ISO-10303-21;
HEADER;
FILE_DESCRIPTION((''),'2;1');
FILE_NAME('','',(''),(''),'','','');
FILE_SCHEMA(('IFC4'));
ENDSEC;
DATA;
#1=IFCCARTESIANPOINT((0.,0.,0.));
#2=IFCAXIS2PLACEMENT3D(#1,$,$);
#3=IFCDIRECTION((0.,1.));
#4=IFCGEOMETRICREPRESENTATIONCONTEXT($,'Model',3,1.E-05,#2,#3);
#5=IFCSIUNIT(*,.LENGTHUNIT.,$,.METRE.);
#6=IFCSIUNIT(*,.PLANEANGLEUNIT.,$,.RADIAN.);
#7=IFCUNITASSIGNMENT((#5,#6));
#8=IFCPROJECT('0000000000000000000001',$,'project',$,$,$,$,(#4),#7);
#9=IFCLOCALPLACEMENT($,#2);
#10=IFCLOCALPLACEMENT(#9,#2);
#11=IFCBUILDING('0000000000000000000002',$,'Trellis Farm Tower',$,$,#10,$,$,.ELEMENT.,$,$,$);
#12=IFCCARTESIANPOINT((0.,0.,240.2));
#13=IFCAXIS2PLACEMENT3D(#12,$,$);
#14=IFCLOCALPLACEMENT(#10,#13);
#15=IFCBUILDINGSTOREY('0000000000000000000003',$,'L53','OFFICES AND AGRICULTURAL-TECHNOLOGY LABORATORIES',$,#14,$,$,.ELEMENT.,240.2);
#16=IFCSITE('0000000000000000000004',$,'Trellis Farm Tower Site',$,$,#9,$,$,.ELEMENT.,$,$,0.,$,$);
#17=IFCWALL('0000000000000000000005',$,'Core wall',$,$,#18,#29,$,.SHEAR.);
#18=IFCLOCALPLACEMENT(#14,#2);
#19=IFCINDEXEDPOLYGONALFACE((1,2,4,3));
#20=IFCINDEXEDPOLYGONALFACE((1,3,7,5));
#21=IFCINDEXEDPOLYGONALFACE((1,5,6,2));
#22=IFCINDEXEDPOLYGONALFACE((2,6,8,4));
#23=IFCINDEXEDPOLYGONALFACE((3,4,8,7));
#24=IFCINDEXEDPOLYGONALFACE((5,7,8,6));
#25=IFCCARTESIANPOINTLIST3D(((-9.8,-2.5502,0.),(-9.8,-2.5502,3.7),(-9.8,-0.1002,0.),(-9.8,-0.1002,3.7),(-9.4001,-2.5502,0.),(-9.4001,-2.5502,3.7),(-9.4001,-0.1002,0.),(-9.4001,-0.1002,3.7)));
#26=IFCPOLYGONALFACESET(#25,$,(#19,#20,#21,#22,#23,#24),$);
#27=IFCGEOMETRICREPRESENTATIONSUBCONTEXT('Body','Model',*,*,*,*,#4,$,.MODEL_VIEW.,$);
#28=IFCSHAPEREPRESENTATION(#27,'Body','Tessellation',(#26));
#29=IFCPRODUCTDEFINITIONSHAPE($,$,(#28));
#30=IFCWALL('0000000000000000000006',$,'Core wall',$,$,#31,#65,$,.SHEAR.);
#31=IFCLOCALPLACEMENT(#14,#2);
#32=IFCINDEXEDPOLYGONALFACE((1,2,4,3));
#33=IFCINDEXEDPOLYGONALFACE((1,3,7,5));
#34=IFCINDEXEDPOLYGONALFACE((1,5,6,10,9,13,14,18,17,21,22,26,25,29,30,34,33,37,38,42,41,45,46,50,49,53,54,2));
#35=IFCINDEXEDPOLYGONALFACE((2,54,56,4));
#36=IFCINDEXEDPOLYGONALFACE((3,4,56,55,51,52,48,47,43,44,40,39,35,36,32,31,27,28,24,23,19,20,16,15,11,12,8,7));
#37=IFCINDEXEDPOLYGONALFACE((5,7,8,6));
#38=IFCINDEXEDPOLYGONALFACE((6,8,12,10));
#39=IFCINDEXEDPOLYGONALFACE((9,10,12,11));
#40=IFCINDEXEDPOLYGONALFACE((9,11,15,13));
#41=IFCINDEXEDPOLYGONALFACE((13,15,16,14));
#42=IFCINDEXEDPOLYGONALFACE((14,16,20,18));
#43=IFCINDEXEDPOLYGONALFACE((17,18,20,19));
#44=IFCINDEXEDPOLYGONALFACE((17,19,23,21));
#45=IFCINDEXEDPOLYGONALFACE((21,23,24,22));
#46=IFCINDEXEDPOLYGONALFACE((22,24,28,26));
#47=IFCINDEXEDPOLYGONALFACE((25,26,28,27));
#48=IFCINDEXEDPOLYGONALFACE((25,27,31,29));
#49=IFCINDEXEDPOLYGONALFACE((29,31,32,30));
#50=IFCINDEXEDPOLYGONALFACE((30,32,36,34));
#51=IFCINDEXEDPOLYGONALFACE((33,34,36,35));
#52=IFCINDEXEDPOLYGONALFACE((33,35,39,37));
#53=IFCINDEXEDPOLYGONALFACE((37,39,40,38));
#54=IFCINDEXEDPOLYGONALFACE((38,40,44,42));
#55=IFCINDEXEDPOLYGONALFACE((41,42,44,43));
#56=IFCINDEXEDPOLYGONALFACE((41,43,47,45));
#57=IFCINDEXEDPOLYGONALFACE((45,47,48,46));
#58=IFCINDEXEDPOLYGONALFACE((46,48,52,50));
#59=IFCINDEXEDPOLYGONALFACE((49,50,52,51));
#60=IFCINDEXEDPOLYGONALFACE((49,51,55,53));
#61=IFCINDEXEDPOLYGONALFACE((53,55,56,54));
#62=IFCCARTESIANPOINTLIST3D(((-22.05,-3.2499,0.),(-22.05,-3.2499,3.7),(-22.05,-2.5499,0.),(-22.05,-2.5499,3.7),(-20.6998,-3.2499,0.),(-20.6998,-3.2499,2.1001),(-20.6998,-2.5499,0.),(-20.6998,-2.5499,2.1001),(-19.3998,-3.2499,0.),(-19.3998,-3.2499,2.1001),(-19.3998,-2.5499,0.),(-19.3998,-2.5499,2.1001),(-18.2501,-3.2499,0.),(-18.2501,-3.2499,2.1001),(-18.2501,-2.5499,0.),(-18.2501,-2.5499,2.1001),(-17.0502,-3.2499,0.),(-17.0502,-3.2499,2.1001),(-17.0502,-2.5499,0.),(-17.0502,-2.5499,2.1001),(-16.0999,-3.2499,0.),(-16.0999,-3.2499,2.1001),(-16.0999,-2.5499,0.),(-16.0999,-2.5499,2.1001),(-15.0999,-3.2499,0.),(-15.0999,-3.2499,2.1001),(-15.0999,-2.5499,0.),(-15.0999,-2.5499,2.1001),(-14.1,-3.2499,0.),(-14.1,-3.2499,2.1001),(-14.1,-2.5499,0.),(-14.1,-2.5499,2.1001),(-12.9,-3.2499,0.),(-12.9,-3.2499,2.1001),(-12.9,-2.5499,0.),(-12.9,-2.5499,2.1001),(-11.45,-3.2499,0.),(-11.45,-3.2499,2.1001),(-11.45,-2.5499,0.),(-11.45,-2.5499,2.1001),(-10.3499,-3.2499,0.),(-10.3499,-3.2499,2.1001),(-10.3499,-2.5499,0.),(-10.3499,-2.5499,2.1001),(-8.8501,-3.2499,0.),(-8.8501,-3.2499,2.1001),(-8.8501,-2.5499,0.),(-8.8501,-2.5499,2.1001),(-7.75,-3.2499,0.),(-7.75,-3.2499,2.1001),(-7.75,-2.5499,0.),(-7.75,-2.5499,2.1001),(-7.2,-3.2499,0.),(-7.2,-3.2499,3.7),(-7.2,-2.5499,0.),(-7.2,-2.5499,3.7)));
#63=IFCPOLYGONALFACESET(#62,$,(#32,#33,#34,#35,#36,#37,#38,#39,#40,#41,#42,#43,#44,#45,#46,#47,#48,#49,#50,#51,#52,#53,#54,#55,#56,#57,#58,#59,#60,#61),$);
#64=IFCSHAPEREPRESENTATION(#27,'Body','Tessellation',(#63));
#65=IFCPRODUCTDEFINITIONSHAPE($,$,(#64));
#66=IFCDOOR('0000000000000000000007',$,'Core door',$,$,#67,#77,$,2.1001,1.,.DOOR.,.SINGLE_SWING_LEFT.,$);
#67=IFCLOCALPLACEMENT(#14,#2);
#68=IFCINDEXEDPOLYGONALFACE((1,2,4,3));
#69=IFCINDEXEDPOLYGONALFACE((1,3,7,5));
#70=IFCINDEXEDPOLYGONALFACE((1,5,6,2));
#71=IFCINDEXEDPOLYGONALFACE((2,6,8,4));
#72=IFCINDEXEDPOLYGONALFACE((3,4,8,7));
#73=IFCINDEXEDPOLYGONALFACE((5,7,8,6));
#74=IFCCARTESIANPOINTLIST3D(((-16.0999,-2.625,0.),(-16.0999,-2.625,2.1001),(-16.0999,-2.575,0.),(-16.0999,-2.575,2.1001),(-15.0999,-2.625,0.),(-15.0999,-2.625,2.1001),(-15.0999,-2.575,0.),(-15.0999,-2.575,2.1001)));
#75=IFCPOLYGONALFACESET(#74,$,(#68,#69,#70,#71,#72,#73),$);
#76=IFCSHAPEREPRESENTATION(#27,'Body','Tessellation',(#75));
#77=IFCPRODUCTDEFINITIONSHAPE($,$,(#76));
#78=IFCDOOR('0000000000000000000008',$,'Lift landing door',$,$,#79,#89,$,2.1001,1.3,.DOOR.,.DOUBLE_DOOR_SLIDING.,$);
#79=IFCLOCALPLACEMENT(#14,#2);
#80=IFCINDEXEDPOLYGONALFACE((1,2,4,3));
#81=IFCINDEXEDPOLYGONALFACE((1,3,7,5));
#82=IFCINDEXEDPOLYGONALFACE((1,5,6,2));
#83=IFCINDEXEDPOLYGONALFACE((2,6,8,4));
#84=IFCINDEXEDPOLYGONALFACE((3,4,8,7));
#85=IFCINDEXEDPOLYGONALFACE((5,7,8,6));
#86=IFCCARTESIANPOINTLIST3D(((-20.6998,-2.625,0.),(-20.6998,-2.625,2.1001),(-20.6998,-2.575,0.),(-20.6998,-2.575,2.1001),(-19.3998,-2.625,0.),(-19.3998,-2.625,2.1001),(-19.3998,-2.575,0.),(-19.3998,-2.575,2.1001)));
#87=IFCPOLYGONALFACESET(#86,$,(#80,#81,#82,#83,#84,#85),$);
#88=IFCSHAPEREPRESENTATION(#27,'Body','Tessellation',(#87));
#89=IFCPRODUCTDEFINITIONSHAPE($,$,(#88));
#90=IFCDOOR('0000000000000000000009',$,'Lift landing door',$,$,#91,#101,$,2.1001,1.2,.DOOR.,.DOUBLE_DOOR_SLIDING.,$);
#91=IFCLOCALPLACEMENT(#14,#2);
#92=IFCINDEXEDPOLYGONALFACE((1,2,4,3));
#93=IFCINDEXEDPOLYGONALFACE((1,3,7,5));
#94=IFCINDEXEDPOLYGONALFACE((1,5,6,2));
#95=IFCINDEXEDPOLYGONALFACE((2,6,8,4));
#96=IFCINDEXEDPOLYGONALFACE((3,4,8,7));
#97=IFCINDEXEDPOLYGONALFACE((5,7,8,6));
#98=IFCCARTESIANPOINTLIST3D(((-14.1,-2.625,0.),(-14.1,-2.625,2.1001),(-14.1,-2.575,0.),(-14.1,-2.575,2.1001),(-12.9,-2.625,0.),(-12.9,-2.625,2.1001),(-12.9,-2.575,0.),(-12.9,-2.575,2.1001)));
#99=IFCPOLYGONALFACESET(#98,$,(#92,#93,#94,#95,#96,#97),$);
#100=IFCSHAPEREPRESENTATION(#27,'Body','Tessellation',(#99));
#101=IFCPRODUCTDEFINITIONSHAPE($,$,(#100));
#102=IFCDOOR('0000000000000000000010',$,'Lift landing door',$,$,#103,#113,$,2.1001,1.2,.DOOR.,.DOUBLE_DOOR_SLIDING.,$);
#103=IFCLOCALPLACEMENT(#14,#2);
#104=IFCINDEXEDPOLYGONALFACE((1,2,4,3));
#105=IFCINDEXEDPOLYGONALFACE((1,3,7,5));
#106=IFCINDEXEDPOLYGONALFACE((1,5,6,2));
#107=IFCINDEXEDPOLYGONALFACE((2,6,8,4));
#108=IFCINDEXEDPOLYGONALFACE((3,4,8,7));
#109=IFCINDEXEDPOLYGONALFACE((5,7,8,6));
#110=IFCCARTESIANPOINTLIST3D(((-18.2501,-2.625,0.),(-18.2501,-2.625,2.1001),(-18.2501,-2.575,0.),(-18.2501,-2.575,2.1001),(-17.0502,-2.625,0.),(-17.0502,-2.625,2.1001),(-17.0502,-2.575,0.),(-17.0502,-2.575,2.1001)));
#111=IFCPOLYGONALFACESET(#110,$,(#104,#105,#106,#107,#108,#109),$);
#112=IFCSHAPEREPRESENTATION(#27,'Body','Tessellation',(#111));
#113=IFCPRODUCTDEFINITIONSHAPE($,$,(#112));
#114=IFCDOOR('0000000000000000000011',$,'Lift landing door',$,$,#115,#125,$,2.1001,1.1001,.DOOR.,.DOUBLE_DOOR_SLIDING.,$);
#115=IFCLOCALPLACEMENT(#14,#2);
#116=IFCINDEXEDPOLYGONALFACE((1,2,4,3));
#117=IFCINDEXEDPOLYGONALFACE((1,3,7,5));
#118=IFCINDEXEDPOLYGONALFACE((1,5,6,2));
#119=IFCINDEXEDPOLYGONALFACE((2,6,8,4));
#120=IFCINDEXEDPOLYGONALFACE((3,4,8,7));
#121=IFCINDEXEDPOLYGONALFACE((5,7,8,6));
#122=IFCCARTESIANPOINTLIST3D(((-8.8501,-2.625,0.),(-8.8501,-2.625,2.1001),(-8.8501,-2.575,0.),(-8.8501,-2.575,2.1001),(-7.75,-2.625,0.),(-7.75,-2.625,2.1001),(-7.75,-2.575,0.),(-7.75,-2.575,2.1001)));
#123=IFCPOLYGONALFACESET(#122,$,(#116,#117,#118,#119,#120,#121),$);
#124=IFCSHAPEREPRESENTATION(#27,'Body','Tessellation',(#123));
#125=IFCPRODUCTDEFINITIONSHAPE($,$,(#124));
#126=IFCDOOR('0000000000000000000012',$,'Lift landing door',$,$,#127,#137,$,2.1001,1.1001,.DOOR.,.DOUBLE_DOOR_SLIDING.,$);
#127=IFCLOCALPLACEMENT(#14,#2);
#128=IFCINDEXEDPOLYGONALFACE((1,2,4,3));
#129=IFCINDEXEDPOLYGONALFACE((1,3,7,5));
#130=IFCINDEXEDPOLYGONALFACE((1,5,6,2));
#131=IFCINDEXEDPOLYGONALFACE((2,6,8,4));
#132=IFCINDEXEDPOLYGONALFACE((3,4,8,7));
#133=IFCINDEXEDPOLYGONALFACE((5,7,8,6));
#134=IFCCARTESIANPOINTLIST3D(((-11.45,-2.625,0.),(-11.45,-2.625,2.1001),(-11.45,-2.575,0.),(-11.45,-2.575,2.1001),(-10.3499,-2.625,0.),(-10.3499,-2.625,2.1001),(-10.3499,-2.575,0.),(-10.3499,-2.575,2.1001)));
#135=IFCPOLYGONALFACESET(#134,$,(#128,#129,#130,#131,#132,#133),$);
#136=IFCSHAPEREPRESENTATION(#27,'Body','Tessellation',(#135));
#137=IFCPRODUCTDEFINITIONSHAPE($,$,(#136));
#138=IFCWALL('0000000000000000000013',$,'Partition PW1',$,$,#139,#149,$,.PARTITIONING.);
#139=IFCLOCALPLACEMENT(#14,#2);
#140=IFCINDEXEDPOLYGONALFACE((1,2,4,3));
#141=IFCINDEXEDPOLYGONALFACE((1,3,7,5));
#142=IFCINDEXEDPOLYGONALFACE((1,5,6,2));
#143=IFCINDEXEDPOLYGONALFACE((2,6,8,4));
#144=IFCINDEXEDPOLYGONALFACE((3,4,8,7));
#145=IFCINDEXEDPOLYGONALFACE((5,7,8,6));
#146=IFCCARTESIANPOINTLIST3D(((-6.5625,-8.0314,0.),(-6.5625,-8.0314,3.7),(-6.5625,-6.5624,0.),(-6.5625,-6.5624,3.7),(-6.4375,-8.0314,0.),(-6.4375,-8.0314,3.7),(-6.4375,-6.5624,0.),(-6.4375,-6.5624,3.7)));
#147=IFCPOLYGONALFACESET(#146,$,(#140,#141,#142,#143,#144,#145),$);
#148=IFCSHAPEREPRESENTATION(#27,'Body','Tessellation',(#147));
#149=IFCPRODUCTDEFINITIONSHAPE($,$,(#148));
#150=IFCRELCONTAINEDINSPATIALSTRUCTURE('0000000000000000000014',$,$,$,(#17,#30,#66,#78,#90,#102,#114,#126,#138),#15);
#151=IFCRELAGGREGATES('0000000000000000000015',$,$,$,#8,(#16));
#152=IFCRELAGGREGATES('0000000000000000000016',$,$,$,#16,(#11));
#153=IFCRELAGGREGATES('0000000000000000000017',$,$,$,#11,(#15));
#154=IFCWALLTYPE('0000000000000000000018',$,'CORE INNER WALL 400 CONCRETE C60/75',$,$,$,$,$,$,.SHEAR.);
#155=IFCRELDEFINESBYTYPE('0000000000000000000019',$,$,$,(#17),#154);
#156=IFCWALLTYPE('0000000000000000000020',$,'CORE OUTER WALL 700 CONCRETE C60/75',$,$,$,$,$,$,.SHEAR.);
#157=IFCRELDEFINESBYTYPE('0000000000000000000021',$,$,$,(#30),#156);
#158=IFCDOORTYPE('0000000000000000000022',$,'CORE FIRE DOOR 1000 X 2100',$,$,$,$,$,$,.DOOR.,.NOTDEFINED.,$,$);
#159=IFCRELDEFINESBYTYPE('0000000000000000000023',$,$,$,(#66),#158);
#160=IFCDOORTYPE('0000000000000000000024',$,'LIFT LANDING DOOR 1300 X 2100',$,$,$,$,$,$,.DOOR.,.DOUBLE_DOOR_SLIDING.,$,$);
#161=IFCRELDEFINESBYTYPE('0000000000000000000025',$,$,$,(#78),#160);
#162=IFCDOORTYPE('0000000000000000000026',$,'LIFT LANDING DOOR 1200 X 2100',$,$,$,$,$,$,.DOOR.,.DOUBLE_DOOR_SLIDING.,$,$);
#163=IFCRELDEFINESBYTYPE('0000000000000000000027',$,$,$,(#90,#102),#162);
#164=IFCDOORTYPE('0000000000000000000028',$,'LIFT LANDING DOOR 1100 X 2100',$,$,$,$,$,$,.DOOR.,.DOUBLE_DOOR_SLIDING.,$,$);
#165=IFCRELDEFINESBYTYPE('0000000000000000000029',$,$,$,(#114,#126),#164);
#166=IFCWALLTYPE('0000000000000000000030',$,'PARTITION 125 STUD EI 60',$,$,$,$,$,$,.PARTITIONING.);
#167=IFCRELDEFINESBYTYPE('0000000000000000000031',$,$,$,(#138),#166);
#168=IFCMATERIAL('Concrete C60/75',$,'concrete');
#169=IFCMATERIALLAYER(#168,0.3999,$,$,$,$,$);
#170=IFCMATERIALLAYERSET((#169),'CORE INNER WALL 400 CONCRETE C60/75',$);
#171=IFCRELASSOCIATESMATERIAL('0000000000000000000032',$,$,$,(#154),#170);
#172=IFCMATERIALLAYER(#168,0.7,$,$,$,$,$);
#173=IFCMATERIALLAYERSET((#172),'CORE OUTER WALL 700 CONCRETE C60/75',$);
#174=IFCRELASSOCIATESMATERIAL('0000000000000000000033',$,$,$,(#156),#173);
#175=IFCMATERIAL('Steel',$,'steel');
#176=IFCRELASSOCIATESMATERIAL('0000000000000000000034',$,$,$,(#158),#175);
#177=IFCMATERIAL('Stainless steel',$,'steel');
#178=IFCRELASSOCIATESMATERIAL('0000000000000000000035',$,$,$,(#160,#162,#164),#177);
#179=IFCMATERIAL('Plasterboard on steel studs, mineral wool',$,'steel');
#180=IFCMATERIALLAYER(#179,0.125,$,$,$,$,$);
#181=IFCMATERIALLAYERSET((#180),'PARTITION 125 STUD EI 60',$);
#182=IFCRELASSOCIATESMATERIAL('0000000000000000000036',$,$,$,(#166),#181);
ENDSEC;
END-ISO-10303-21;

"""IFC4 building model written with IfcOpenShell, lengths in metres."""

from ifc_helpers import new_model, si_unit, direction, frame, frame_2d, origin, place, context, subcontext, project, spatial, rectangle, extrude, source, transform, mapped, material, layer, layer_set, type_object, element, fill, save


model = new_model("IFC4")

# Units and contexts
model_context = context("Model", 3, precision=1e-05, world=origin(), true_north=direction((0.0, 1.0)))
body_context = subcontext(model_context, "Body", "Model", "MODEL_VIEW")
ifc_project = project(units=[si_unit("LENGTHUNIT", "METRE"), si_unit("PLANEANGLEUNIT", "RADIAN")], contexts=[model_context])

# Site, building, storey
site_placement = place(None, origin())
site = spatial("IfcSite", under=ifc_project, at=site_placement, Name="Trellis Farm Tower Site", CompositionType="ELEMENT", RefElevation=0.0)
building_placement = place(site_placement, origin())
building = spatial("IfcBuilding", under=site, at=building_placement, Name="Trellis Farm Tower", CompositionType="ELEMENT")
storey_placement = place(building_placement, frame((0.0, 0.0, 240.2)))
storey = spatial("IfcBuildingStorey", under=building, at=storey_placement, Name="L53", Description="OFFICES AND AGRICULTURAL-TECHNOLOGY LABORATORIES", CompositionType="ELEMENT", Elevation=240.2)

# Shared definitions
ifc_material_1 = material(Name="Concrete C60/75", Category="concrete")

# Wall
ifc_layer_1 = layer(ifc_material_1, 0.3999)
ifc_layer_set_1 = layer_set([ifc_layer_1], Name="CORE INNER WALL 400 CONCRETE C60/75")
wall_type_1 = type_object("IfcWallType", Name="CORE INNER WALL 400 CONCRETE C60/75", PredefinedType="SHEAR", material=ifc_layer_set_1)
shared_shape_1 = source(origin(), body_context, "Body", "SweptSolid", [
    extrude(rectangle(XDim=2.45, YDim=0.3999, at=frame_2d((1.2251, 0.0))), origin(), (0.0, 0.0, 1.0), 3.7),
])
wall_1_placement = place(storey_placement, frame((-9.6001, -0.1001, 0.0), z_axis=(0.0, 0.0, 1.0), x_axis=(0.0, -1.0, 0.0)))
element("IfcWall", 1, at=wall_1_placement, inside=storey, type_object=wall_type_1, Name="Core wall", PredefinedType="SHEAR", context=body_context, shape_type="MappedRepresentation", body=[
    mapped(shared_shape_1, transform((0.0, 0.0, 0.0))),
])

# Wall, openings, doors
ifc_layer_2 = layer(ifc_material_1, 0.7)
ifc_layer_set_2 = layer_set([ifc_layer_2], Name="CORE OUTER WALL 700 CONCRETE C60/75")
wall_type_2 = type_object("IfcWallType", Name="CORE OUTER WALL 700 CONCRETE C60/75", PredefinedType="SHEAR", material=ifc_layer_set_2)
shared_shape_2 = source(origin(), body_context, "Body", "SweptSolid", [
    extrude(rectangle(XDim=14.8501, YDim=0.7, at=frame_2d((7.425, 0.0))), origin(), (0.0, 0.0, 1.0), 3.7),
])
wall_2_placement = place(storey_placement, frame((-7.2, -2.8999, 0.0), z_axis=(0.0, 0.0, 1.0), x_axis=(-1.0, 0.0, 0.0)))
wall_2 = element("IfcWall", 2, at=wall_2_placement, inside=storey, type_object=wall_type_2, Name="Core wall", PredefinedType="SHEAR", context=body_context, shape_type="MappedRepresentation", body=[
    mapped(shared_shape_2, transform((0.0, 0.0, 0.0))),
])
shared_shape_3 = source(origin(), body_context, "Body", "SweptSolid", [
    extrude(rectangle(XDim=1.1001, YDim=2.1001, at=frame_2d((0.55, 1.05))), frame((0.0, 0.3601, 0.0), z_axis=(0.0, -1.0, 0.0), x_axis=(1.0, 0.0, 0.0)), (0.0, 0.0, 1.0), 0.7202),
])
opening_1_placement = place(wall_2_placement, frame((0.55, 0.0, 0.0)))
opening_1 = element("IfcOpeningElement", 3, at=opening_1_placement, cuts=wall_2, PredefinedType="OPENING", context=body_context, shape_type="MappedRepresentation", body=[
    mapped(shared_shape_3, transform((0.0, 0.0, 0.0))),
])
opening_2_placement = place(wall_2_placement, frame((3.1499, 0.0, 0.0)))
opening_2 = element("IfcOpeningElement", 4, at=opening_2_placement, cuts=wall_2, PredefinedType="OPENING", context=body_context, shape_type="MappedRepresentation", body=[
    mapped(shared_shape_3, transform((0.0, 0.0, 0.0))),
])
shared_shape_4 = source(origin(), body_context, "Body", "SweptSolid", [
    extrude(rectangle(XDim=1.2, YDim=2.1001, at=frame_2d((0.6001, 1.05))), frame((0.0, 0.3601, 0.0), z_axis=(0.0, -1.0, 0.0), x_axis=(1.0, 0.0, 0.0)), (0.0, 0.0, 1.0), 0.7202),
])
opening_3_placement = place(wall_2_placement, frame((5.7, 0.0, 0.0)))
opening_3 = element("IfcOpeningElement", 5, at=opening_3_placement, cuts=wall_2, PredefinedType="OPENING", context=body_context, shape_type="MappedRepresentation", body=[
    mapped(shared_shape_4, transform((0.0, 0.0, 0.0))),
])
shared_shape_5 = source(origin(), body_context, "Body", "SweptSolid", [
    extrude(rectangle(XDim=1.3, YDim=2.1001, at=frame_2d((0.6499, 1.05))), frame((0.0, 0.3601, 0.0), z_axis=(0.0, -1.0, 0.0), x_axis=(1.0, 0.0, 0.0)), (0.0, 0.0, 1.0), 0.7202),
])
opening_4_placement = place(wall_2_placement, frame((12.2, 0.0, 0.0)))
opening_4 = element("IfcOpeningElement", 6, at=opening_4_placement, cuts=wall_2, PredefinedType="OPENING", context=body_context, shape_type="MappedRepresentation", body=[
    mapped(shared_shape_5, transform((0.0, 0.0, 0.0))),
])
opening_5_placement = place(wall_2_placement, frame((9.8501, 0.0, 0.0)))
opening_5 = element("IfcOpeningElement", 7, at=opening_5_placement, cuts=wall_2, PredefinedType="OPENING", context=body_context, shape_type="MappedRepresentation", body=[
    mapped(shared_shape_4, transform((0.0, 0.0, 0.0))),
])
shared_shape_6 = source(origin(), body_context, "Body", "SweptSolid", [
    extrude(rectangle(XDim=1.0, YDim=2.1001, at=frame_2d((0.5, 1.05))), frame((0.0, 0.3601, 0.0), z_axis=(0.0, -1.0, 0.0), x_axis=(1.0, 0.0, 0.0)), (0.0, 0.0, 1.0), 0.7202),
])
opening_6_placement = place(wall_2_placement, frame((7.8999, 0.0, 0.0)))
opening_6 = element("IfcOpeningElement", 8, at=opening_6_placement, cuts=wall_2, PredefinedType="OPENING", context=body_context, shape_type="MappedRepresentation", body=[
    mapped(shared_shape_6, transform((0.0, 0.0, 0.0))),
])
ifc_material_2 = material(Name="Steel", Category="steel")
door_type_1 = type_object("IfcDoorType", Name="CORE FIRE DOOR 1000 X 2100", OperationType="NOTDEFINED", PredefinedType="DOOR", material=ifc_material_2)
shared_shape_7 = source(origin(), body_context, "Body", "SweptSolid", [
    extrude(rectangle(XDim=1.0, YDim=2.1001, at=frame_2d((0.5, 1.05))), frame((0.0, -0.2749, 0.0), z_axis=(0.0, -1.0, 0.0), x_axis=(1.0, 0.0, 0.0)), (0.0, 0.0, 1.0), 0.05),
])
door_1_placement = place(opening_6_placement, origin())
door_1 = element("IfcDoor", 9, at=door_1_placement, inside=storey, type_object=door_type_1, Name="Core door", OperationType="SINGLE_SWING_LEFT", OverallHeight=2.1001, OverallWidth=1.0, PredefinedType="DOOR", context=body_context, shape_type="MappedRepresentation", body=[
    mapped(shared_shape_7, transform((0.0, 0.0, 0.0))),
])
fill(opening_6, door_1)
ifc_material_3 = material(Name="Stainless steel", Category="steel")
door_type_2 = type_object("IfcDoorType", Name="LIFT LANDING DOOR 1300 X 2100", OperationType="DOUBLE_DOOR_SLIDING", PredefinedType="DOOR", material=ifc_material_3)
shared_shape_8 = source(origin(), body_context, "Body", "SweptSolid", [
    extrude(rectangle(XDim=1.3, YDim=2.1001, at=frame_2d((0.6499, 1.05))), frame((0.0, -0.2749, 0.0), z_axis=(0.0, -1.0, 0.0), x_axis=(1.0, 0.0, 0.0)), (0.0, 0.0, 1.0), 0.05),
])
door_2_placement = place(opening_4_placement, origin())
door_2 = element("IfcDoor", 10, at=door_2_placement, inside=storey, type_object=door_type_2, Name="Lift landing door", OperationType="DOUBLE_DOOR_SLIDING", OverallHeight=2.1001, OverallWidth=1.3, PredefinedType="DOOR", context=body_context, shape_type="MappedRepresentation", body=[
    mapped(shared_shape_8, transform((0.0, 0.0, 0.0))),
])
fill(opening_4, door_2)
door_type_3 = type_object("IfcDoorType", Name="LIFT LANDING DOOR 1200 X 2100", OperationType="DOUBLE_DOOR_SLIDING", PredefinedType="DOOR", material=ifc_material_3)
shared_shape_9 = source(origin(), body_context, "Body", "SweptSolid", [
    extrude(rectangle(XDim=1.2, YDim=2.1001, at=frame_2d((0.6001, 1.05))), frame((0.0, -0.2749, 0.0), z_axis=(0.0, -1.0, 0.0), x_axis=(1.0, 0.0, 0.0)), (0.0, 0.0, 1.0), 0.05),
])
door_3_placement = place(opening_3_placement, origin())
door_3 = element("IfcDoor", 11, at=door_3_placement, inside=storey, type_object=door_type_3, Name="Lift landing door", OperationType="DOUBLE_DOOR_SLIDING", OverallHeight=2.1001, OverallWidth=1.2, PredefinedType="DOOR", context=body_context, shape_type="MappedRepresentation", body=[
    mapped(shared_shape_9, transform((0.0, 0.0, 0.0))),
])
fill(opening_3, door_3)
door_4_placement = place(opening_5_placement, origin())
door_4 = element("IfcDoor", 12, at=door_4_placement, inside=storey, type_object=door_type_3, Name="Lift landing door", OperationType="DOUBLE_DOOR_SLIDING", OverallHeight=2.1001, OverallWidth=1.2, PredefinedType="DOOR", context=body_context, shape_type="MappedRepresentation", body=[
    mapped(shared_shape_9, transform((0.0, 0.0, 0.0))),
])
fill(opening_5, door_4)
door_type_4 = type_object("IfcDoorType", Name="LIFT LANDING DOOR 1100 X 2100", OperationType="DOUBLE_DOOR_SLIDING", PredefinedType="DOOR", material=ifc_material_3)
shared_shape_10 = source(origin(), body_context, "Body", "SweptSolid", [
    extrude(rectangle(XDim=1.1001, YDim=2.1001, at=frame_2d((0.55, 1.05))), frame((0.0, -0.2749, 0.0), z_axis=(0.0, -1.0, 0.0), x_axis=(1.0, 0.0, 0.0)), (0.0, 0.0, 1.0), 0.05),
])
door_5_placement = place(opening_1_placement, origin())
door_5 = element("IfcDoor", 13, at=door_5_placement, inside=storey, type_object=door_type_4, Name="Lift landing door", OperationType="DOUBLE_DOOR_SLIDING", OverallHeight=2.1001, OverallWidth=1.1001, PredefinedType="DOOR", context=body_context, shape_type="MappedRepresentation", body=[
    mapped(shared_shape_10, transform((0.0, 0.0, 0.0))),
])
fill(opening_1, door_5)
door_6_placement = place(opening_2_placement, origin())
door_6 = element("IfcDoor", 14, at=door_6_placement, inside=storey, type_object=door_type_4, Name="Lift landing door", OperationType="DOUBLE_DOOR_SLIDING", OverallHeight=2.1001, OverallWidth=1.1001, PredefinedType="DOOR", context=body_context, shape_type="MappedRepresentation", body=[
    mapped(shared_shape_10, transform((0.0, 0.0, 0.0))),
])
fill(opening_2, door_6)

# Wall
ifc_material_4 = material(Name="Plasterboard on steel studs, mineral wool", Category="steel")
ifc_layer_3 = layer(ifc_material_4, 0.125)
ifc_layer_set_3 = layer_set([ifc_layer_3], Name="PARTITION 125 STUD EI 60")
wall_type_3 = type_object("IfcWallType", Name="PARTITION 125 STUD EI 60", PredefinedType="PARTITIONING", material=ifc_layer_set_3)
shared_shape_11 = source(origin(), body_context, "Body", "SweptSolid", [
    extrude(rectangle(XDim=1.469, YDim=0.125, at=frame_2d((0.7344, 0.0))), origin(), (0.0, 0.0, 1.0), 3.7),
])
wall_3_placement = place(storey_placement, frame((-6.5, -6.5625, 0.0), z_axis=(0.0, 0.0, 1.0), x_axis=(0.0, -1.0, 0.0)))
element("IfcWall", 15, at=wall_3_placement, inside=storey, type_object=wall_type_3, Name="Partition PW1", PredefinedType="PARTITIONING", context=body_context, shape_type="MappedRepresentation", body=[
    mapped(shared_shape_11, transform((0.0, 0.0, 0.0))),
])

save(model, "model.ifc")
